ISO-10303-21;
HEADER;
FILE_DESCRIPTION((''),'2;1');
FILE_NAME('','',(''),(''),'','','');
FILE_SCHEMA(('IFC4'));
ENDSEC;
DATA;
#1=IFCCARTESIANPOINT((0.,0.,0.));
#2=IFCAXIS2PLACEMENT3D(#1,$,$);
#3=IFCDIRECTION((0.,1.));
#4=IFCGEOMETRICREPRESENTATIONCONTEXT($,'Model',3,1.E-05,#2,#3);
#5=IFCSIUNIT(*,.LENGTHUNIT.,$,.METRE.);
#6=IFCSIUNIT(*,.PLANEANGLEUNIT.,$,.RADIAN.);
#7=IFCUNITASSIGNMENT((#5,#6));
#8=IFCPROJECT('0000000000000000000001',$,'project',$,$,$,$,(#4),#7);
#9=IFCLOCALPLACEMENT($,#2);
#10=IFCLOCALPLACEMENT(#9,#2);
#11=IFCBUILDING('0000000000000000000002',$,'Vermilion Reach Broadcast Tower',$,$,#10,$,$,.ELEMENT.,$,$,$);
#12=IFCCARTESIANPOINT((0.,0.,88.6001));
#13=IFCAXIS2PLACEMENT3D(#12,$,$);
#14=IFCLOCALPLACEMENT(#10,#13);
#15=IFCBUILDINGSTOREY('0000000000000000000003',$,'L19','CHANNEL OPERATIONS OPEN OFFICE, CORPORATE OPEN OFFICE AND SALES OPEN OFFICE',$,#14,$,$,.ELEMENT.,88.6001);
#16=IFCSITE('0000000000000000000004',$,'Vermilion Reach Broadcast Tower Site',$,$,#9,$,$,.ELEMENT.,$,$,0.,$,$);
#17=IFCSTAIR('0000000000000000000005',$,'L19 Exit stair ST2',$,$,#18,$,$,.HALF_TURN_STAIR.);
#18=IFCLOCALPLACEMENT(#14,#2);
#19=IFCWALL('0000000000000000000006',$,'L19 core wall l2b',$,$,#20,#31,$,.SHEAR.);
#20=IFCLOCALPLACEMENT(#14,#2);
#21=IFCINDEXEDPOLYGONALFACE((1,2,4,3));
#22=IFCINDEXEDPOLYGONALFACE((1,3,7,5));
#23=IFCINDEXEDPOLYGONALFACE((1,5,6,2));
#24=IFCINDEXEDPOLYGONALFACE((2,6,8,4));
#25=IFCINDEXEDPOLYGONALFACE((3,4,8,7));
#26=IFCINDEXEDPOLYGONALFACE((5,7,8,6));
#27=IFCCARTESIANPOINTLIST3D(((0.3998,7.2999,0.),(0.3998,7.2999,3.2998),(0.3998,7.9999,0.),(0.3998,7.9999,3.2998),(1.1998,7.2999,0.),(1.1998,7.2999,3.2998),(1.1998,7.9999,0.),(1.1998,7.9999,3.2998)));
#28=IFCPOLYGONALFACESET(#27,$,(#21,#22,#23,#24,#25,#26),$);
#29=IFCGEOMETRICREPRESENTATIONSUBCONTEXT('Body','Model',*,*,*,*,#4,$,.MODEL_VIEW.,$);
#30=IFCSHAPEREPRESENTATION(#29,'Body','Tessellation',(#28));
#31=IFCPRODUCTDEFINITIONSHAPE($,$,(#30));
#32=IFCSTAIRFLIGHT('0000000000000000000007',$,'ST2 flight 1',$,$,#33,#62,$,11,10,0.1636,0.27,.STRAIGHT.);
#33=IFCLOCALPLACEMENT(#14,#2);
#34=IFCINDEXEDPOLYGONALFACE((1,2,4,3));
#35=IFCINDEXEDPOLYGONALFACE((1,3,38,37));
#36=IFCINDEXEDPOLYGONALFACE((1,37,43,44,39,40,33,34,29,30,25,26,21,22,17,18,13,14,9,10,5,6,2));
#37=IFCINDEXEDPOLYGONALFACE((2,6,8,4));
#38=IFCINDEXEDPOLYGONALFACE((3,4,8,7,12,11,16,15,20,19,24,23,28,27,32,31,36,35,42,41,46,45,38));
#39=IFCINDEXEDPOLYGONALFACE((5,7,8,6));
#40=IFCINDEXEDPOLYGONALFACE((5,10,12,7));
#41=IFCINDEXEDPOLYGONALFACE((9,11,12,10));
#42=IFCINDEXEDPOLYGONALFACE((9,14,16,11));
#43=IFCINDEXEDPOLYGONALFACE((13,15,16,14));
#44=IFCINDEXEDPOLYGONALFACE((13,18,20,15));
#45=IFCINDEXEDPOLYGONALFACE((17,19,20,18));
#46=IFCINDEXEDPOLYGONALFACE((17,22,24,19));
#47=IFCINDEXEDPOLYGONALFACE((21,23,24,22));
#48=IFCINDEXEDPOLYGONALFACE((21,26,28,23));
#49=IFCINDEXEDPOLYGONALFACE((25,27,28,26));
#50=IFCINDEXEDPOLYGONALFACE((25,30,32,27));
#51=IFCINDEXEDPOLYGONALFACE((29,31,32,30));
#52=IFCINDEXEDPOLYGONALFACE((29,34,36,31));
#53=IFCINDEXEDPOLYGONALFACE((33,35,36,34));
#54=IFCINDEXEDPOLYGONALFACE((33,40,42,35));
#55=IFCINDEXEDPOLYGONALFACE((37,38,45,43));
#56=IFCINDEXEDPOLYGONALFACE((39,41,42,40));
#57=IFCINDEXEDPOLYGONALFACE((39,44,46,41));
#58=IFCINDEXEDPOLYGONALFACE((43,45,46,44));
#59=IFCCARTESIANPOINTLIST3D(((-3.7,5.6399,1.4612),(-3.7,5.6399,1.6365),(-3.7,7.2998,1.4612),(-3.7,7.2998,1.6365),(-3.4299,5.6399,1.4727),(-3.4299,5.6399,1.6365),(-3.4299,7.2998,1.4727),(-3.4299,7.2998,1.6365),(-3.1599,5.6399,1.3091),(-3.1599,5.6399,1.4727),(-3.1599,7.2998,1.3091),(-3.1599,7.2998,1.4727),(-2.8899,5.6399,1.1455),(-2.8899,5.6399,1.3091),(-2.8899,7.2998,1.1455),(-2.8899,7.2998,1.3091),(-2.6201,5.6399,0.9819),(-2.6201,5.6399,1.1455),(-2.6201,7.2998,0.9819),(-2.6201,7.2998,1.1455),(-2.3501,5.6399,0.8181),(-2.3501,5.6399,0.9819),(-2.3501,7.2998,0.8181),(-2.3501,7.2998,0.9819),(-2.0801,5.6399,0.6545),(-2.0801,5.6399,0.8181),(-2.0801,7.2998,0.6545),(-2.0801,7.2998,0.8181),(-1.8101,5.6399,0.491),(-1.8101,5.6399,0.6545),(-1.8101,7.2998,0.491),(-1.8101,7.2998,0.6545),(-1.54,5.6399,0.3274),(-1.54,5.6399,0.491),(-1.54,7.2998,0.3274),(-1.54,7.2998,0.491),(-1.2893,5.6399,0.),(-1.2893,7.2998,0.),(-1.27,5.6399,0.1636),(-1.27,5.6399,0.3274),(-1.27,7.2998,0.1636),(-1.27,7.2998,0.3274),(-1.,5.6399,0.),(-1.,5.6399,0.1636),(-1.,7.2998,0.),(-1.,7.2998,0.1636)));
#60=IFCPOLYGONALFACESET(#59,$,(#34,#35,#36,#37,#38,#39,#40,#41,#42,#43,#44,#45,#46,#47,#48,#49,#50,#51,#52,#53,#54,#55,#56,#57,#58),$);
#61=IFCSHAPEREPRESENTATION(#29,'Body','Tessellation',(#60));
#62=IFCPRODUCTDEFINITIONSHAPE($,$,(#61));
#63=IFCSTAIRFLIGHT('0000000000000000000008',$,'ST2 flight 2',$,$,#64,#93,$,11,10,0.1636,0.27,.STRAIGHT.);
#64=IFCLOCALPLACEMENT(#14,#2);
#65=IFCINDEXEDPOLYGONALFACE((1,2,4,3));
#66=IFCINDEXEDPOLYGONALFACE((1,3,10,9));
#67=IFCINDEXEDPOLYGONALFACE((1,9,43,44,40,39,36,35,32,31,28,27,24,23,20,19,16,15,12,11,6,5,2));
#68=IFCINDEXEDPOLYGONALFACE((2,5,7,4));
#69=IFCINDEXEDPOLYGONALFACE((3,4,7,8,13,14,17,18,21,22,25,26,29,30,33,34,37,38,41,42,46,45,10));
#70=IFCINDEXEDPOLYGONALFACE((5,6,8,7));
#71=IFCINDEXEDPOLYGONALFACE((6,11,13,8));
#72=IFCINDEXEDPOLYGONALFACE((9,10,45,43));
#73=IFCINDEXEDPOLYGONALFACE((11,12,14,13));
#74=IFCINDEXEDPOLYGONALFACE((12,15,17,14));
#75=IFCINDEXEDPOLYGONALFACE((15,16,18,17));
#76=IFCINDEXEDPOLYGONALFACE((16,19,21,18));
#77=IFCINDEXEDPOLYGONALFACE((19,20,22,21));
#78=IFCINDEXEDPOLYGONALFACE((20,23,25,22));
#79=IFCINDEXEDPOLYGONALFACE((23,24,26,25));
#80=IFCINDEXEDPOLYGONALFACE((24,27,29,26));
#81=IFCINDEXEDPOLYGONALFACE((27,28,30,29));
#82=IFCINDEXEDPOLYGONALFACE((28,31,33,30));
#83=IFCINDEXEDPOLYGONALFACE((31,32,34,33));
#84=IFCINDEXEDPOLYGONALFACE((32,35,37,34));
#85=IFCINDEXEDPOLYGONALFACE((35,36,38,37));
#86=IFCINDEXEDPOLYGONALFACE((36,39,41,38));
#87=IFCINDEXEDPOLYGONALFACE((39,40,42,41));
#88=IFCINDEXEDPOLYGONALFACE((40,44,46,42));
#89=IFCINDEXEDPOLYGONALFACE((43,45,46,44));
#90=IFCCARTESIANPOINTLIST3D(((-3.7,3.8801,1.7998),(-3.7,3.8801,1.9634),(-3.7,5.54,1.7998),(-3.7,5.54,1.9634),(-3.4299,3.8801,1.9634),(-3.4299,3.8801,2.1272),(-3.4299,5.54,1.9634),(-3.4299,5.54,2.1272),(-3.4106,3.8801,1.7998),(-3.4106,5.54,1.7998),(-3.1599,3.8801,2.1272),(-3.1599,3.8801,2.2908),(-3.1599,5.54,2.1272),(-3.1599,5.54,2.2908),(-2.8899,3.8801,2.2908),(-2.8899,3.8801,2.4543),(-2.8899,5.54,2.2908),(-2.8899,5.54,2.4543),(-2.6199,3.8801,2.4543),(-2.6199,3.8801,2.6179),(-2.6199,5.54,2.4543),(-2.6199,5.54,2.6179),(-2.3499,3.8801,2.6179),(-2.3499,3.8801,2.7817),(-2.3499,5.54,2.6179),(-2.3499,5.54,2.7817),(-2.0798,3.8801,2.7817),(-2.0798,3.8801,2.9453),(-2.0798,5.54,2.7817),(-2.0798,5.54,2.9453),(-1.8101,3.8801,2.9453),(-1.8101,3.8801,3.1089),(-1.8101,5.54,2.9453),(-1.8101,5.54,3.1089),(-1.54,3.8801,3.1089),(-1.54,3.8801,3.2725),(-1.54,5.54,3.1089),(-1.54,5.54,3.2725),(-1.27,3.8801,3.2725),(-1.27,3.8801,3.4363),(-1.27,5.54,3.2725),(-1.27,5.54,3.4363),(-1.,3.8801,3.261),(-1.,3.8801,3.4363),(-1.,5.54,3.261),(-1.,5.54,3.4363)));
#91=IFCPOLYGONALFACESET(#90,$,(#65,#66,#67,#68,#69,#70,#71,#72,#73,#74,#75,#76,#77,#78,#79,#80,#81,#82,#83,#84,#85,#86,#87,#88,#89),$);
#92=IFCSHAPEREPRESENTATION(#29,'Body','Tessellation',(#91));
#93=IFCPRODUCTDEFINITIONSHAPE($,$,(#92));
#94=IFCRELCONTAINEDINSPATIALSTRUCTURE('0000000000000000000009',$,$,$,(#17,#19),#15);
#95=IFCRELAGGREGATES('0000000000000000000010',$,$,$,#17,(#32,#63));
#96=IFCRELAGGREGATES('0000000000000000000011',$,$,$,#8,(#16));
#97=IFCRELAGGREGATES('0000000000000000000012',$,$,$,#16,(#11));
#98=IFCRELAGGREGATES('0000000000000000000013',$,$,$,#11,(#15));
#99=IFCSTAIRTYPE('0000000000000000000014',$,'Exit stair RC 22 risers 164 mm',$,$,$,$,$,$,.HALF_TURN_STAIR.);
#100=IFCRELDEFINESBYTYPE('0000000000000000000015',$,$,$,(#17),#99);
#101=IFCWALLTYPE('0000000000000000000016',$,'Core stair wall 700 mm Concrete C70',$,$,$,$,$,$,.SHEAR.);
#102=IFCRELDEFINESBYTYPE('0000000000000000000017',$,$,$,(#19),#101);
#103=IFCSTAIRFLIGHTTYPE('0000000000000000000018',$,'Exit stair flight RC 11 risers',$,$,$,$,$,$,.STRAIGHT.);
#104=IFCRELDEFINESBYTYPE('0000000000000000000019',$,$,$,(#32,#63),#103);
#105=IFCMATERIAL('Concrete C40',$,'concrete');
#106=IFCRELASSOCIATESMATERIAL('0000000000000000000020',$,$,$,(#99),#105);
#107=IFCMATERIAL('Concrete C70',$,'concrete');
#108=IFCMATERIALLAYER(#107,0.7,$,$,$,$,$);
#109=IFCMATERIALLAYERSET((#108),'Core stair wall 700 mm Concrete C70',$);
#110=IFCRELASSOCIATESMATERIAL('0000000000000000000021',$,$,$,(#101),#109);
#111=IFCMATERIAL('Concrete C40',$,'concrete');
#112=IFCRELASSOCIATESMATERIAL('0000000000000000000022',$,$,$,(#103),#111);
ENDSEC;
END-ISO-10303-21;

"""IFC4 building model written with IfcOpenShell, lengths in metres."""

from ifc_helpers import new_model, si_unit, direction, frame, frame_2d, origin, place, context, subcontext, project, spatial, polyline, rectangle, outline, extrude, material, layer, layer_set, type_object, element, aggregate, save


model = new_model("IFC4")

# Units and contexts
model_context = context("Model", 3, precision=1e-05, world=origin(), true_north=direction((0.0, 1.0)))
body_context = subcontext(model_context, "Body", "Model", "MODEL_VIEW")
ifc_project = project(units=[si_unit("LENGTHUNIT", "METRE"), si_unit("PLANEANGLEUNIT", "RADIAN")], contexts=[model_context])

# Site, building, storey
site_placement = place(None, origin())
site = spatial("IfcSite", under=ifc_project, at=site_placement, Name="Vermilion Reach Broadcast Tower Site", CompositionType="ELEMENT", RefElevation=0.0)
building_placement = place(site_placement, origin())
building = spatial("IfcBuilding", under=site, at=building_placement, Name="Vermilion Reach Broadcast Tower", CompositionType="ELEMENT")
storey_placement = place(building_placement, frame((0.0, 0.0, 88.6001)))
storey = spatial("IfcBuildingStorey", under=building, at=storey_placement, Name="L19", Description="CHANNEL OPERATIONS OPEN OFFICE, CORPORATE OPEN OFFICE AND SALES OPEN OFFICE", CompositionType="ELEMENT", Elevation=88.6001)

# Stair
ifc_material_1 = material(Name="Concrete C40", Category="concrete")
stair_type = type_object("IfcStairType", Name="Exit stair RC 22 risers 164 mm", PredefinedType="HALF_TURN_STAIR", material=ifc_material_1)
placement_1 = place(storey_placement, origin())
stair_1 = element("IfcStair", 1, at=placement_1, inside=storey, type_object=stair_type, Name="L19 Exit stair ST2", PredefinedType="HALF_TURN_STAIR")

# Wall
ifc_material_2 = material(Name="Concrete C70", Category="concrete")
ifc_layer_1 = layer(ifc_material_2, 0.7)
ifc_layer_set_1 = layer_set([ifc_layer_1], Name="Core stair wall 700 mm Concrete C70")
wall_type_1 = type_object("IfcWallType", Name="Core stair wall 700 mm Concrete C70", PredefinedType="SHEAR", material=ifc_layer_set_1)
wall_1_placement = place(storey_placement, frame((0.3999, 7.6499, 0.0), z_axis=(0.0, 0.0, 1.0), x_axis=(1.0, 0.0, 0.0)))
element("IfcWall", 2, at=wall_1_placement, inside=storey, type_object=wall_type_1, Name="L19 core wall l2b", PredefinedType="SHEAR", context=body_context, shape_type="SweptSolid", body=[
    extrude(rectangle(XDim=0.8, YDim=0.7, at=frame_2d((0.3999, 0.0))), origin(), (0.0, 0.0, 1.0), 3.2998),
])

# Stair flights
ifc_material_3 = material(Name="Concrete C40", Category="concrete")
stair_flight_type = type_object("IfcStairFlightType", Name="Exit stair flight RC 11 risers", PredefinedType="STRAIGHT", material=ifc_material_3)
stair_flight_1_placement = place(storey_placement, frame((-1.0, 6.47, 0.0), z_axis=(0.0, 0.0, 1.0), x_axis=(-1.0, 0.0, 0.0)))
stair_flight_1 = element("IfcStairFlight", 3, at=stair_flight_1_placement, type_object=stair_flight_type, Name="ST2 flight 1", NumberOfRisers=11, NumberOfTreads=10, PredefinedType="STRAIGHT", RiserHeight=0.1636, TreadLength=0.27, context=body_context, shape_type="SweptSolid", body=[
    extrude(outline(polyline([(0.0, 0.0), (0.0, 0.1636), (0.27, 0.1636), (0.27, 0.3274), (0.54, 0.3274), (0.54, 0.491), (0.8101, 0.491), (0.8101, 0.6545), (1.0801, 0.6545), (1.0801, 0.8181), (1.3501, 0.8181), (1.3501, 0.9819), (1.6201, 0.9819), (1.6201, 1.1455), (1.8899, 1.1455), (1.8899, 1.3091), (2.1599, 1.3091), (2.1599, 1.4727), (2.4299, 1.4727), (2.4299, 1.6365), (2.7, 1.6365), (2.7, 1.8), (2.7, 1.4612), (0.2893, 0.0), (0.0, 0.0)])), frame((0.0, 0.8301, 0.0), z_axis=(0.0, -1.0, 0.0), x_axis=(1.0, 0.0, 0.0)), (0.0, 0.0, 1.0), 1.6599),
])
stair_flight_2_placement = place(storey_placement, frame((-3.7, 4.71, 1.7998), z_axis=(0.0, 0.0, 1.0), x_axis=(1.0, 0.0, 0.0)))
stair_flight_2 = element("IfcStairFlight", 4, at=stair_flight_2_placement, type_object=stair_flight_type, Name="ST2 flight 2", NumberOfRisers=11, NumberOfTreads=10, PredefinedType="STRAIGHT", RiserHeight=0.1636, TreadLength=0.27, context=body_context, shape_type="SweptSolid", body=[
    extrude(outline(polyline([(0.0, 0.0), (0.0, 0.1636), (0.27, 0.1636), (0.27, 0.3274), (0.54, 0.3274), (0.54, 0.491), (0.8101, 0.491), (0.8101, 0.6545), (1.0801, 0.6545), (1.0801, 0.8181), (1.3501, 0.8181), (1.3501, 0.9819), (1.6201, 0.9819), (1.6201, 1.1455), (1.8899, 1.1455), (1.8899, 1.3091), (2.1599, 1.3091), (2.1599, 1.4727), (2.4299, 1.4727), (2.4299, 1.6365), (2.7, 1.6365), (2.7, 1.8), (2.7, 1.4612), (0.2893, 0.0), (0.0, 0.0)])), frame((0.0, 0.8301, 0.0), z_axis=(0.0, -1.0, 0.0), x_axis=(1.0, 0.0, 0.0)), (0.0, 0.0, 1.0), 1.6599),
])
aggregate(stair_1, [stair_flight_1, stair_flight_2])

save(model, "model.ifc")
